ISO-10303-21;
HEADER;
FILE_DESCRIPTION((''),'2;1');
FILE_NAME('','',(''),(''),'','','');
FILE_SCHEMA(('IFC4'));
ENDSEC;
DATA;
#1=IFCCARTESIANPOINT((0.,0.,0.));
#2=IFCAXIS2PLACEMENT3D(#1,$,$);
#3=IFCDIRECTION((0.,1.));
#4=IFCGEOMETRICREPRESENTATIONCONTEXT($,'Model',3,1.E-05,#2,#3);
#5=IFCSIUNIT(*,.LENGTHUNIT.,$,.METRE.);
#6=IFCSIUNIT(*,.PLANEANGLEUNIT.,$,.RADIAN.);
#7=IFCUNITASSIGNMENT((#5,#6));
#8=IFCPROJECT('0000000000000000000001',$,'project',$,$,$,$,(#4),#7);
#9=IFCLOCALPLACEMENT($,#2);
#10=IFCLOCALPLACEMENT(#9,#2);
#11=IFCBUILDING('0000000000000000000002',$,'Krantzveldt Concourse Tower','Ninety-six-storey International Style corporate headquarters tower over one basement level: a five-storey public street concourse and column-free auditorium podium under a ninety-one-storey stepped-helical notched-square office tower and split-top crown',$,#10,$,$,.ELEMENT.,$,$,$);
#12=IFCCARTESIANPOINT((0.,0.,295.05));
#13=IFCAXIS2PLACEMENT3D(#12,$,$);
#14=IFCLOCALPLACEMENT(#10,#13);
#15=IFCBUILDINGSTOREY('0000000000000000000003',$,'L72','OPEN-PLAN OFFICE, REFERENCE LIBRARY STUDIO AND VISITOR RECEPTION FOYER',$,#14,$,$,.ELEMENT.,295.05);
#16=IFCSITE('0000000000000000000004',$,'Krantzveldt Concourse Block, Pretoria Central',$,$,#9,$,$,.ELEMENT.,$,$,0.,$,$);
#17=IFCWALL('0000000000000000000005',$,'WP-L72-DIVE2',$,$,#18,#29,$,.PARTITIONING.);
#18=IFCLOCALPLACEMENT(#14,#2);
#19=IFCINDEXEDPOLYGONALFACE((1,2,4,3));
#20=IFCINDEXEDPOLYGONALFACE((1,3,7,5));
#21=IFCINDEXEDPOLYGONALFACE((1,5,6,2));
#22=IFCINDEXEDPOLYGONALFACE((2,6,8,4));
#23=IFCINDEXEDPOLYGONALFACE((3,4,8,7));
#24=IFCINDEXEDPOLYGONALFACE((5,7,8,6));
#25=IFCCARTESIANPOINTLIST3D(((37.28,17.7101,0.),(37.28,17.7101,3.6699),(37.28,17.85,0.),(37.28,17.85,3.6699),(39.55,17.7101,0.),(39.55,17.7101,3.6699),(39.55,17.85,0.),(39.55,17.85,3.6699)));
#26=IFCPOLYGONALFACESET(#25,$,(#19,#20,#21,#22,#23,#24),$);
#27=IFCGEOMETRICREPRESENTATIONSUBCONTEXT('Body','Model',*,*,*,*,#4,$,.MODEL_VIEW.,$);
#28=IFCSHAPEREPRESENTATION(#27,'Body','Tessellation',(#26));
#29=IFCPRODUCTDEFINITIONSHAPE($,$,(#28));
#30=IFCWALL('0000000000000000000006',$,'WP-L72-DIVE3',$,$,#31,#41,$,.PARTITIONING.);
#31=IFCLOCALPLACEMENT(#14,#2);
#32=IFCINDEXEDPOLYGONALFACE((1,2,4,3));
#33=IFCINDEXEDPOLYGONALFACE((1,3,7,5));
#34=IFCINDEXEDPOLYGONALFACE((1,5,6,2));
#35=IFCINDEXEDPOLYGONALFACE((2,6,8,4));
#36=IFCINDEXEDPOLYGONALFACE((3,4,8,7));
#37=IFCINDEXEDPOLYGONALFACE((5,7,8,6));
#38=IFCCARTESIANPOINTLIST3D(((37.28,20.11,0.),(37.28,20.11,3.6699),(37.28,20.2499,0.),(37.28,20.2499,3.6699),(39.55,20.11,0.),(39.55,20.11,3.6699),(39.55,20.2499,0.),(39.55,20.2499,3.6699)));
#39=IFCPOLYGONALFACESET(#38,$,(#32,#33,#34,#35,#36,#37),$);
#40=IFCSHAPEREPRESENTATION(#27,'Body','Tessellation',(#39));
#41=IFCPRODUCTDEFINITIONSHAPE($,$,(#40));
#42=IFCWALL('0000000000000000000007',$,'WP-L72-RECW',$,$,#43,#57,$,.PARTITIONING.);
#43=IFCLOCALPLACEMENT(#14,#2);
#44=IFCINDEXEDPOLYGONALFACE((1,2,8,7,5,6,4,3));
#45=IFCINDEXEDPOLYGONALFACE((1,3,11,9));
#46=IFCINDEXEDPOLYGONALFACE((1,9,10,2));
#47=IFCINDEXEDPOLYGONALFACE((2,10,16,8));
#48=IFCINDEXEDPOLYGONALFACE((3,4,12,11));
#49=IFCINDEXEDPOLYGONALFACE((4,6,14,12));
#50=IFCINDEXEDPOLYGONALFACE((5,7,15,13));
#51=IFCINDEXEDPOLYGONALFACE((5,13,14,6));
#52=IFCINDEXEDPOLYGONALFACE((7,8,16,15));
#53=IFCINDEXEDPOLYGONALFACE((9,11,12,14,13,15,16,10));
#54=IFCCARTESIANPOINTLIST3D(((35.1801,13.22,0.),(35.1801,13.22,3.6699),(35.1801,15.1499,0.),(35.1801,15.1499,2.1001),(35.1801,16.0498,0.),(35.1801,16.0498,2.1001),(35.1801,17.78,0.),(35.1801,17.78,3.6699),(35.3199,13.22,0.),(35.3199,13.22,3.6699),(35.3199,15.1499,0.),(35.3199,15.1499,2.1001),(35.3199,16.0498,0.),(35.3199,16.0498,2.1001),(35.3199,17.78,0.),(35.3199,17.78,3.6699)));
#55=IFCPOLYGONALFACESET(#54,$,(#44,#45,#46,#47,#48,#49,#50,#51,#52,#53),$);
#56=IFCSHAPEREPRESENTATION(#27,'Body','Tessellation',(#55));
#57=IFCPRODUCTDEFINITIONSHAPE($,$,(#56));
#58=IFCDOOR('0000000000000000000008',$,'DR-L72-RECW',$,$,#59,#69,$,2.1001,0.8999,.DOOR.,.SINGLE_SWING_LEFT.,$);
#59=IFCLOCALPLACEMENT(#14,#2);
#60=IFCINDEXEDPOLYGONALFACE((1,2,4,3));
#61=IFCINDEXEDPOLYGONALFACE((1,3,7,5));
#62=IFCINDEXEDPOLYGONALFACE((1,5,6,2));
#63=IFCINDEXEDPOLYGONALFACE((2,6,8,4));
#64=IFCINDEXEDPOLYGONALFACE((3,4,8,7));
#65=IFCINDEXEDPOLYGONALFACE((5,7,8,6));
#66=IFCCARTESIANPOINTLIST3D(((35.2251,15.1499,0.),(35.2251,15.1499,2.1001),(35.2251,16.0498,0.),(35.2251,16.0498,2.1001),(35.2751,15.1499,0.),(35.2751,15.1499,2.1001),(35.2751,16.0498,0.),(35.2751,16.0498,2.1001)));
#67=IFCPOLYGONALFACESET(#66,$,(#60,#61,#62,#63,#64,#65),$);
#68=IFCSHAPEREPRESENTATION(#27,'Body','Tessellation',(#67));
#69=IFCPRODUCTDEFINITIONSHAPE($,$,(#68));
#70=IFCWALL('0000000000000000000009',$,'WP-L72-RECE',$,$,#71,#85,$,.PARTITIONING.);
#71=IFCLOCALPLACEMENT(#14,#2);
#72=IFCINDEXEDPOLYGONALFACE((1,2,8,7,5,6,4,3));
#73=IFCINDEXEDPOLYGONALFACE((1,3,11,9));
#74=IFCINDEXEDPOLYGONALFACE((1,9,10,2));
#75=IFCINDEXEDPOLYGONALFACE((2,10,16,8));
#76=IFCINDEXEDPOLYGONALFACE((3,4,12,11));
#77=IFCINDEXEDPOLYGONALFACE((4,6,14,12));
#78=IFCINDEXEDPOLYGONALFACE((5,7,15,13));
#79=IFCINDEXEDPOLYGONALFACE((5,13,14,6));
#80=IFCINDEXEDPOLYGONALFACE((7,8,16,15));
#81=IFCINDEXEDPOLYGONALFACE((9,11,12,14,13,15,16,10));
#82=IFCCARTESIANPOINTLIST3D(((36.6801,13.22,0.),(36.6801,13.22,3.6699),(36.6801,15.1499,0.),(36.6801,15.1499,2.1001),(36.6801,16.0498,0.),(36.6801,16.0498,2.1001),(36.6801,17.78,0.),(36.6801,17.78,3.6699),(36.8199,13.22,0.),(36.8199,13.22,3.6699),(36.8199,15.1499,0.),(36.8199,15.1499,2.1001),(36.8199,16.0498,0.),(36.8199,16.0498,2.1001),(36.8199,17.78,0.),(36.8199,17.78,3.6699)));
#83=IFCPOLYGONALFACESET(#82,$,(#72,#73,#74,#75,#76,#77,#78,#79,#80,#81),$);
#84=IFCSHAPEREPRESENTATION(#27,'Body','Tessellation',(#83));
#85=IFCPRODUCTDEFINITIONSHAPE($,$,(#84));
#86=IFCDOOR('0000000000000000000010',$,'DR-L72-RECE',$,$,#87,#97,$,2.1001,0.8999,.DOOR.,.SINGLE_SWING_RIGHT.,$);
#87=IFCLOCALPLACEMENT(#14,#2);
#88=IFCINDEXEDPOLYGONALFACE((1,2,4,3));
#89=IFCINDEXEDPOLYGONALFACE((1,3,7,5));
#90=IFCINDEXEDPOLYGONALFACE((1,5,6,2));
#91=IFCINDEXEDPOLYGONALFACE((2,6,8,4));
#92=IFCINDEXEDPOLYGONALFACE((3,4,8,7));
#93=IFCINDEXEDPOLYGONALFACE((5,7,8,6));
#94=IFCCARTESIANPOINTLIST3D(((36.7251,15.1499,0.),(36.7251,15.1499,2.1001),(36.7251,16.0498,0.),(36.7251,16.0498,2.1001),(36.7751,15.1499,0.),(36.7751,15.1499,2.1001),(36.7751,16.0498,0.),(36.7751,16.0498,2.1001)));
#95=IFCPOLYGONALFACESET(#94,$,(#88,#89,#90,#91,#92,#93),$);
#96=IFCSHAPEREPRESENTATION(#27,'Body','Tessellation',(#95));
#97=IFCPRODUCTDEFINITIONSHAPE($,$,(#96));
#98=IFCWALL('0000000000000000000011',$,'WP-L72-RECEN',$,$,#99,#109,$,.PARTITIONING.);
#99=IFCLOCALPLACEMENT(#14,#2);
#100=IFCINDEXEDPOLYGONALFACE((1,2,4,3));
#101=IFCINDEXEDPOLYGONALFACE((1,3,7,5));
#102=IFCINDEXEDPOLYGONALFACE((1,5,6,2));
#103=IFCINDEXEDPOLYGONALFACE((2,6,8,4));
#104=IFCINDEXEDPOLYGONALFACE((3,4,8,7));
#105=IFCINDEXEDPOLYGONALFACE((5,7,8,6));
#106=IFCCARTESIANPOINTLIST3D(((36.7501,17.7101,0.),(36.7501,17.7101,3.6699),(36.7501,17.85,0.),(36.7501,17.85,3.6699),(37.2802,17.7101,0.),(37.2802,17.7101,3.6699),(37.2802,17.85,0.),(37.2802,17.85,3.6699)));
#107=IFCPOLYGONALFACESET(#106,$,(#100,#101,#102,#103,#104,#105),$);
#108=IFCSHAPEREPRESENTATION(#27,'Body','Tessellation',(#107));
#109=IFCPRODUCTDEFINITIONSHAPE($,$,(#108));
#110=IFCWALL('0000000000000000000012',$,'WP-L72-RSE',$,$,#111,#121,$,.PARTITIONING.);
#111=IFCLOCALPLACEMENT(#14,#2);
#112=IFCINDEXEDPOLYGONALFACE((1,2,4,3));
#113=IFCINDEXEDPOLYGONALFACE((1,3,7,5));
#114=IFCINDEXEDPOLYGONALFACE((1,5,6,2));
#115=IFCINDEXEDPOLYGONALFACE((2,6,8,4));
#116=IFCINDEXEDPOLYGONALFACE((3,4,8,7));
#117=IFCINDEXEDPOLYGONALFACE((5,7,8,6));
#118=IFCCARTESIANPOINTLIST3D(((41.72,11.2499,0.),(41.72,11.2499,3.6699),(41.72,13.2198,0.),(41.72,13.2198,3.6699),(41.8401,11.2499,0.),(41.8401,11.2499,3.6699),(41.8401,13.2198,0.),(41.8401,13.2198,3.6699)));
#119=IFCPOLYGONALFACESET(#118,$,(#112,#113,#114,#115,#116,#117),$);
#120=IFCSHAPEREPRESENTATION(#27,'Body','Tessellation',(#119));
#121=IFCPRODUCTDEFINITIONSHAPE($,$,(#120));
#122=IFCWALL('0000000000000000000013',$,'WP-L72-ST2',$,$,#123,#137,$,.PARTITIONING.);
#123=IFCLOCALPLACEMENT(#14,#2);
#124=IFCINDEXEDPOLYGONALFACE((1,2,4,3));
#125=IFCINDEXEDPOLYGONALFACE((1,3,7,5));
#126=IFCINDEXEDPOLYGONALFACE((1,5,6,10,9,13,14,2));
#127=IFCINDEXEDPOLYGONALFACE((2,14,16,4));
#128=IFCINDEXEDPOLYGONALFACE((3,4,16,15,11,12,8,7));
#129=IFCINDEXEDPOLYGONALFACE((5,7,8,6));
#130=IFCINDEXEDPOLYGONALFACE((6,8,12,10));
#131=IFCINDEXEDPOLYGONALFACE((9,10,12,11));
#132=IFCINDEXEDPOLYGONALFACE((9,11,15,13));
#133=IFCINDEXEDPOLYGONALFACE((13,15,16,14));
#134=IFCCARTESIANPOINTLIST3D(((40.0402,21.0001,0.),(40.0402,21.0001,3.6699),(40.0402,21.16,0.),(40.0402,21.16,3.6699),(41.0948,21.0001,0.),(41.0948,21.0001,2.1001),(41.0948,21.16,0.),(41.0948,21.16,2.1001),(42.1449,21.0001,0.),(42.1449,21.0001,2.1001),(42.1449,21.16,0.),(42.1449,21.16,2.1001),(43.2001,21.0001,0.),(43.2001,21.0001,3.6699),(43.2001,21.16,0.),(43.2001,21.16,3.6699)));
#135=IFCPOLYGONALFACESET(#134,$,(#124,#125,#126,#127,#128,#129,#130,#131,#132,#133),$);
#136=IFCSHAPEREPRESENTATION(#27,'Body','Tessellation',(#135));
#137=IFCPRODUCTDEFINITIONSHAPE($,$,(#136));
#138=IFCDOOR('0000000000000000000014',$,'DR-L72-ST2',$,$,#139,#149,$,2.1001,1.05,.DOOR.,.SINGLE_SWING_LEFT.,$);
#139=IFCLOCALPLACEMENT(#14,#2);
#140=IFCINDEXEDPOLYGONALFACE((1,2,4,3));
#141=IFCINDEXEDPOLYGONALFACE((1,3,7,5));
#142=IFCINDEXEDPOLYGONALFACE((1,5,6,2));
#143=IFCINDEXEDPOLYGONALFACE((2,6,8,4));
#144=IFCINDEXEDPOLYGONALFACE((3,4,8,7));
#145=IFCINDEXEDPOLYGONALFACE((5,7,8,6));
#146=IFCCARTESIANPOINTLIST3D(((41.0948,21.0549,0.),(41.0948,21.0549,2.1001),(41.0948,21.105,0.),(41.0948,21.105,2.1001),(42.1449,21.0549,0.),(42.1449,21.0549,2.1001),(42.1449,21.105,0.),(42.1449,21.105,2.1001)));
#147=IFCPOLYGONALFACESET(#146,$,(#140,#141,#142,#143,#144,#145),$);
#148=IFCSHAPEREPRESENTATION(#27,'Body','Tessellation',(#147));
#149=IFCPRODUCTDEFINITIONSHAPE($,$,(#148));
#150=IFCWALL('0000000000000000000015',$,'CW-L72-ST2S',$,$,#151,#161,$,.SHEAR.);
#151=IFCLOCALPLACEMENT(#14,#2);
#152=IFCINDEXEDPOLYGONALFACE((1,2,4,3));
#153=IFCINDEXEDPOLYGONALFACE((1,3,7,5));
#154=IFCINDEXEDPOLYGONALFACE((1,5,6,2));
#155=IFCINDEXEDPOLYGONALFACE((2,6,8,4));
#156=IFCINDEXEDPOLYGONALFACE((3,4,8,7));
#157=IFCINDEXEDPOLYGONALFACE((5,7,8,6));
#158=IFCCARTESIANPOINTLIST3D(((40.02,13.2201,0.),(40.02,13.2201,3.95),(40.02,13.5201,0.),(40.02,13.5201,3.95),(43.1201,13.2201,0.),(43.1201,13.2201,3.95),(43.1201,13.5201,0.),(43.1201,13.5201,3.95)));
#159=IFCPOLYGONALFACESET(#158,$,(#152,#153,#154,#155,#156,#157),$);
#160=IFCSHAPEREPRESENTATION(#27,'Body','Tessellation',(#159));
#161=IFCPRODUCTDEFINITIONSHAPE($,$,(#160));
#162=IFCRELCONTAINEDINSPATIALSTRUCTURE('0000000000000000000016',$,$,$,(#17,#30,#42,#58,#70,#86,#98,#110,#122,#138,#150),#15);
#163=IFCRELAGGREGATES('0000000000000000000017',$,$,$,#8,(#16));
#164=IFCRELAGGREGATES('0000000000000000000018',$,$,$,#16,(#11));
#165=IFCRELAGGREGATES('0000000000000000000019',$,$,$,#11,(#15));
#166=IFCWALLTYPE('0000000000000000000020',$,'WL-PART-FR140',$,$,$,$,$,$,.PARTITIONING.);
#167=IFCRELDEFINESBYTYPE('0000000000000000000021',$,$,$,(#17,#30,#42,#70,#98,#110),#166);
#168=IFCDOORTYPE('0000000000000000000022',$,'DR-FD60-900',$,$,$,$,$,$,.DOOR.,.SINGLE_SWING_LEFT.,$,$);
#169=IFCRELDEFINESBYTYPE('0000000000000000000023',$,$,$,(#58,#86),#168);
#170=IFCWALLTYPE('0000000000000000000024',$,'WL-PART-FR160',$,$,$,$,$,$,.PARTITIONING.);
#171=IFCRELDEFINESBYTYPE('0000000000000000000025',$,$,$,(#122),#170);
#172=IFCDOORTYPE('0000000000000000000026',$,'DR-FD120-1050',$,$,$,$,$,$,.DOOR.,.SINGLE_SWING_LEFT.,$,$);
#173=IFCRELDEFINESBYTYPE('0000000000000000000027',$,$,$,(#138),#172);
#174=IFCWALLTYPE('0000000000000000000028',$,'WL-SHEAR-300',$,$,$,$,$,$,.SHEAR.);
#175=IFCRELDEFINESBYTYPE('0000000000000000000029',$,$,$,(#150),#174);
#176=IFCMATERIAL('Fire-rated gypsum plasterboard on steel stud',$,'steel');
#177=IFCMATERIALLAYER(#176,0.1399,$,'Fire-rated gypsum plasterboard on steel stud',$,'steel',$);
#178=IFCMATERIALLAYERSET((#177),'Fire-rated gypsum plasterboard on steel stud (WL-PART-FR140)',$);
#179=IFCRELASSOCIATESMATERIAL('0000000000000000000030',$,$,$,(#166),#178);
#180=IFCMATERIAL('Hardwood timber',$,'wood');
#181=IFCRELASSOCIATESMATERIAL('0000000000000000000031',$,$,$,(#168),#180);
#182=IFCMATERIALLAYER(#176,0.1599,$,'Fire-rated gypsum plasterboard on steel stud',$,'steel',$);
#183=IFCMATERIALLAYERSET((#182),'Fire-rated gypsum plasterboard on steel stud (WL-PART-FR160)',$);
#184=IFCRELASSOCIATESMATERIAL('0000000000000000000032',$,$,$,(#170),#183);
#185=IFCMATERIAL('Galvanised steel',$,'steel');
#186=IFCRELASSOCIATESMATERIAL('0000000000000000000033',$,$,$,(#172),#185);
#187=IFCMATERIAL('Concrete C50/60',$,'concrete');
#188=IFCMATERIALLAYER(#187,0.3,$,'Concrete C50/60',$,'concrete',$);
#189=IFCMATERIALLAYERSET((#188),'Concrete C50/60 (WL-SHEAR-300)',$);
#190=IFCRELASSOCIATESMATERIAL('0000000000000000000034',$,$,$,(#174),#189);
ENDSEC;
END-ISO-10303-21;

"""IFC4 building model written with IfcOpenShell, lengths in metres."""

from ifc_helpers import new_model, si_unit, direction, frame, frame_2d, origin, place, context, subcontext, project, spatial, rectangle, extrude, material, layer, layer_set, type_object, element, fill, save


model = new_model("IFC4")

# Units and contexts
model_context = context("Model", 3, precision=1e-05, world=origin(), true_north=direction((0.0, 1.0)))
body_context = subcontext(model_context, "Body", "Model", "MODEL_VIEW")
ifc_project = project(units=[si_unit("LENGTHUNIT", "METRE"), si_unit("PLANEANGLEUNIT", "RADIAN")], contexts=[model_context])

# Site, building, storey
site_placement = place(None, origin())
site = spatial("IfcSite", under=ifc_project, at=site_placement, Name="Krantzveldt Concourse Block, Pretoria Central", CompositionType="ELEMENT", RefElevation=0.0)
building_placement = place(site_placement, origin())
building = spatial("IfcBuilding", under=site, at=building_placement, Name="Krantzveldt Concourse Tower", Description="Ninety-six-storey International Style corporate headquarters tower over one basement level: a five-storey public street concourse and column-free auditorium podium under a ninety-one-storey stepped-helical notched-square office tower and split-top crown", CompositionType="ELEMENT")
storey_placement = place(building_placement, frame((0.0, 0.0, 295.05)))
storey = spatial("IfcBuildingStorey", under=building, at=storey_placement, Name="L72", Description="OPEN-PLAN OFFICE, REFERENCE LIBRARY STUDIO AND VISITOR RECEPTION FOYER", CompositionType="ELEMENT", Elevation=295.05)

# Shared definitions
ifc_material_1 = material(Name="Fire-rated gypsum plasterboard on steel stud", Category="steel")
ifc_material_2 = material(Name="Hardwood timber", Category="wood")
ifc_layer_1 = layer(ifc_material_1, 0.1399, Name="Fire-rated gypsum plasterboard on steel stud", Category="steel")
ifc_layer_set_1 = layer_set([ifc_layer_1], Name="Fire-rated gypsum plasterboard on steel stud (WL-PART-FR140)")
wall_type_1 = type_object("IfcWallType", Name="WL-PART-FR140", PredefinedType="PARTITIONING", material=ifc_layer_set_1)

# Walls
for number, where, z_axis, x_axis, name in (
    (1, (37.28, 17.78, 0.0), (0.0, 0.0, 1.0), (1.0, 0.0, 0.0), "WP-L72-DIVE2"),
    (2, (37.28, 20.1799, 0.0), (0.0, 0.0, 1.0), (1.0, 0.0, 0.0), "WP-L72-DIVE3"),
):
    element("IfcWall", number, at=place(storey_placement, frame(where, z_axis=z_axis, x_axis=x_axis)), inside=storey, type_object=wall_type_1, Name=name, PredefinedType="PARTITIONING", context=body_context, shape_type="SweptSolid", body=[
        extrude(rectangle(XDim=2.27, YDim=0.1399, at=frame_2d((1.135, 0.0))), origin(), (0.0, 0.0, 1.0), 3.6699),
    ])

# Walls, openings, doors
wall_1_placement = place(storey_placement, frame((35.25, 13.22, 0.0), z_axis=(0.0, 0.0, 1.0), x_axis=(0.0, 1.0, 0.0)))
wall_1 = element("IfcWall", 3, at=wall_1_placement, inside=storey, type_object=wall_type_1, Name="WP-L72-RECW", PredefinedType="PARTITIONING", context=body_context, shape_type="SweptSolid", body=[
    extrude(rectangle(XDim=4.5601, YDim=0.1399, at=frame_2d((2.28, 0.0))), origin(), (0.0, 0.0, 1.0), 3.6699),
])
opening_1_placement = place(wall_1_placement, frame((1.9299, 0.0, 0.0)))
opening_1 = element("IfcOpeningElement", 4, at=opening_1_placement, cuts=wall_1, PredefinedType="OPENING", context=body_context, shape_type="SweptSolid", body=[
    extrude(rectangle(XDim=0.8999, YDim=2.1001, at=frame_2d((0.45, 1.05))), frame((0.0, 0.0801, 0.0), z_axis=(0.0, -1.0, 0.0), x_axis=(1.0, 0.0, 0.0)), (0.0, 0.0, 1.0), 0.1599),
])
door_type_1 = type_object("IfcDoorType", Name="DR-FD60-900", OperationType="SINGLE_SWING_LEFT", PredefinedType="DOOR", material=ifc_material_2)
door_1_placement = place(opening_1_placement, origin())
door_1 = element("IfcDoor", 5, at=door_1_placement, inside=storey, type_object=door_type_1, Name="DR-L72-RECW", OperationType="SINGLE_SWING_LEFT", OverallHeight=2.1001, OverallWidth=0.8999, PredefinedType="DOOR", context=body_context, shape_type="SweptSolid", body=[
    extrude(rectangle(XDim=0.8999, YDim=2.1001, at=frame_2d((0.45, 1.05))), frame((0.0, 0.0249, 0.0), z_axis=(0.0, -1.0, 0.0), x_axis=(1.0, 0.0, 0.0)), (0.0, 0.0, 1.0), 0.05),
])
fill(opening_1, door_1)
wall_2_placement = place(storey_placement, frame((36.75, 13.22, 0.0), z_axis=(0.0, 0.0, 1.0), x_axis=(0.0, 1.0, 0.0)))
wall_2 = element("IfcWall", 6, at=wall_2_placement, inside=storey, type_object=wall_type_1, Name="WP-L72-RECE", PredefinedType="PARTITIONING", context=body_context, shape_type="SweptSolid", body=[
    extrude(rectangle(XDim=4.5601, YDim=0.1399, at=frame_2d((2.28, 0.0))), origin(), (0.0, 0.0, 1.0), 3.6699),
])
opening_2_placement = place(wall_2_placement, frame((1.9299, 0.0, 0.0)))
opening_2 = element("IfcOpeningElement", 7, at=opening_2_placement, cuts=wall_2, PredefinedType="OPENING", context=body_context, shape_type="SweptSolid", body=[
    extrude(rectangle(XDim=0.8999, YDim=2.1001, at=frame_2d((0.45, 1.05))), frame((0.0, 0.0801, 0.0), z_axis=(0.0, -1.0, 0.0), x_axis=(1.0, 0.0, 0.0)), (0.0, 0.0, 1.0), 0.1599),
])
door_2_placement = place(opening_2_placement, origin())
door_2 = element("IfcDoor", 8, at=door_2_placement, inside=storey, type_object=door_type_1, Name="DR-L72-RECE", OperationType="SINGLE_SWING_RIGHT", OverallHeight=2.1001, OverallWidth=0.8999, PredefinedType="DOOR", context=body_context, shape_type="SweptSolid", body=[
    extrude(rectangle(XDim=0.8999, YDim=2.1001, at=frame_2d((0.45, 1.05))), frame((0.0, 0.0249, 0.0), z_axis=(0.0, -1.0, 0.0), x_axis=(1.0, 0.0, 0.0)), (0.0, 0.0, 1.0), 0.05),
])
fill(opening_2, door_2)

# Walls
wall_3_placement = place(storey_placement, frame((36.75, 17.78, 0.0), z_axis=(0.0, 0.0, 1.0), x_axis=(1.0, 0.0, 0.0)))
element("IfcWall", 9, at=wall_3_placement, inside=storey, type_object=wall_type_1, Name="WP-L72-RECEN", PredefinedType="PARTITIONING", context=body_context, shape_type="SweptSolid", body=[
    extrude(rectangle(XDim=0.53, YDim=0.1399, at=frame_2d((0.2651, 0.0))), origin(), (0.0, 0.0, 1.0), 3.6699),
])
wall_4_placement = place(storey_placement, frame((41.78, 11.25, 0.0), z_axis=(0.0, 0.0, 1.0), x_axis=(0.0, 1.0, 0.0)))
element("IfcWall", 10, at=wall_4_placement, inside=storey, type_object=wall_type_1, Name="WP-L72-RSE", PredefinedType="PARTITIONING", context=body_context, shape_type="SweptSolid", body=[
    extrude(rectangle(XDim=1.97, YDim=0.1201, at=frame_2d((0.9849, 0.0))), origin(), (0.0, 0.0, 1.0), 3.6699),
])

# Wall, opening, door
ifc_layer_2 = layer(ifc_material_1, 0.1599, Name="Fire-rated gypsum plasterboard on steel stud", Category="steel")
ifc_layer_set_2 = layer_set([ifc_layer_2], Name="Fire-rated gypsum plasterboard on steel stud (WL-PART-FR160)")
wall_type_2 = type_object("IfcWallType", Name="WL-PART-FR160", PredefinedType="PARTITIONING", material=ifc_layer_set_2)
wall_5_placement = place(storey_placement, frame((40.04, 21.0801, 0.0), z_axis=(0.0, 0.0, 1.0), x_axis=(1.0, 0.0, 0.0)))
wall_5 = element("IfcWall", 11, at=wall_5_placement, inside=storey, type_object=wall_type_2, Name="WP-L72-ST2", PredefinedType="PARTITIONING", context=body_context, shape_type="SweptSolid", body=[
    extrude(rectangle(XDim=3.1599, YDim=0.1599, at=frame_2d((1.5801, 0.0))), origin(), (0.0, 0.0, 1.0), 3.6699),
])
opening_3_placement = place(wall_5_placement, frame((1.0549, 0.0, 0.0)))
opening_3 = element("IfcOpeningElement", 12, at=opening_3_placement, cuts=wall_5, PredefinedType="OPENING", context=body_context, shape_type="SweptSolid", body=[
    extrude(rectangle(XDim=1.05, YDim=2.1001, at=frame_2d((0.5249, 1.05))), frame((0.0, 0.0898, 0.0), z_axis=(0.0, -1.0, 0.0), x_axis=(1.0, 0.0, 0.0)), (0.0, 0.0, 1.0), 0.1799),
])
ifc_material_3 = material(Name="Galvanised steel", Category="steel")
door_type_2 = type_object("IfcDoorType", Name="DR-FD120-1050", OperationType="SINGLE_SWING_LEFT", PredefinedType="DOOR", material=ifc_material_3)
door_3_placement = place(opening_3_placement, origin())
door_3 = element("IfcDoor", 13, at=door_3_placement, inside=storey, type_object=door_type_2, Name="DR-L72-ST2", OperationType="SINGLE_SWING_LEFT", OverallHeight=2.1001, OverallWidth=1.05, PredefinedType="DOOR", context=body_context, shape_type="SweptSolid", body=[
    extrude(rectangle(XDim=1.05, YDim=2.1001, at=frame_2d((0.5249, 1.05))), frame((0.0, 0.0249, 0.0), z_axis=(0.0, -1.0, 0.0), x_axis=(1.0, 0.0, 0.0)), (0.0, 0.0, 1.0), 0.05),
])
fill(opening_3, door_3)

# Wall
ifc_material_4 = material(Name="Concrete C50/60", Category="concrete")
ifc_layer_3 = layer(ifc_material_4, 0.3, Name="Concrete C50/60", Category="concrete")
ifc_layer_set_3 = layer_set([ifc_layer_3], Name="Concrete C50/60 (WL-SHEAR-300)")
wall_type_3 = type_object("IfcWallType", Name="WL-SHEAR-300", PredefinedType="SHEAR", material=ifc_layer_set_3)
wall_6_placement = place(storey_placement, frame((40.02, 13.3701, 0.0), z_axis=(0.0, 0.0, 1.0), x_axis=(1.0, 0.0, 0.0)))
element("IfcWall", 14, at=wall_6_placement, inside=storey, type_object=wall_type_3, Name="CW-L72-ST2S", PredefinedType="SHEAR", context=body_context, shape_type="SweptSolid", body=[
    extrude(rectangle(XDim=3.1001, YDim=0.3, at=frame_2d((1.55, 0.0))), origin(), (0.0, 0.0, 1.0), 3.95),
])

save(model, "model.ifc")
